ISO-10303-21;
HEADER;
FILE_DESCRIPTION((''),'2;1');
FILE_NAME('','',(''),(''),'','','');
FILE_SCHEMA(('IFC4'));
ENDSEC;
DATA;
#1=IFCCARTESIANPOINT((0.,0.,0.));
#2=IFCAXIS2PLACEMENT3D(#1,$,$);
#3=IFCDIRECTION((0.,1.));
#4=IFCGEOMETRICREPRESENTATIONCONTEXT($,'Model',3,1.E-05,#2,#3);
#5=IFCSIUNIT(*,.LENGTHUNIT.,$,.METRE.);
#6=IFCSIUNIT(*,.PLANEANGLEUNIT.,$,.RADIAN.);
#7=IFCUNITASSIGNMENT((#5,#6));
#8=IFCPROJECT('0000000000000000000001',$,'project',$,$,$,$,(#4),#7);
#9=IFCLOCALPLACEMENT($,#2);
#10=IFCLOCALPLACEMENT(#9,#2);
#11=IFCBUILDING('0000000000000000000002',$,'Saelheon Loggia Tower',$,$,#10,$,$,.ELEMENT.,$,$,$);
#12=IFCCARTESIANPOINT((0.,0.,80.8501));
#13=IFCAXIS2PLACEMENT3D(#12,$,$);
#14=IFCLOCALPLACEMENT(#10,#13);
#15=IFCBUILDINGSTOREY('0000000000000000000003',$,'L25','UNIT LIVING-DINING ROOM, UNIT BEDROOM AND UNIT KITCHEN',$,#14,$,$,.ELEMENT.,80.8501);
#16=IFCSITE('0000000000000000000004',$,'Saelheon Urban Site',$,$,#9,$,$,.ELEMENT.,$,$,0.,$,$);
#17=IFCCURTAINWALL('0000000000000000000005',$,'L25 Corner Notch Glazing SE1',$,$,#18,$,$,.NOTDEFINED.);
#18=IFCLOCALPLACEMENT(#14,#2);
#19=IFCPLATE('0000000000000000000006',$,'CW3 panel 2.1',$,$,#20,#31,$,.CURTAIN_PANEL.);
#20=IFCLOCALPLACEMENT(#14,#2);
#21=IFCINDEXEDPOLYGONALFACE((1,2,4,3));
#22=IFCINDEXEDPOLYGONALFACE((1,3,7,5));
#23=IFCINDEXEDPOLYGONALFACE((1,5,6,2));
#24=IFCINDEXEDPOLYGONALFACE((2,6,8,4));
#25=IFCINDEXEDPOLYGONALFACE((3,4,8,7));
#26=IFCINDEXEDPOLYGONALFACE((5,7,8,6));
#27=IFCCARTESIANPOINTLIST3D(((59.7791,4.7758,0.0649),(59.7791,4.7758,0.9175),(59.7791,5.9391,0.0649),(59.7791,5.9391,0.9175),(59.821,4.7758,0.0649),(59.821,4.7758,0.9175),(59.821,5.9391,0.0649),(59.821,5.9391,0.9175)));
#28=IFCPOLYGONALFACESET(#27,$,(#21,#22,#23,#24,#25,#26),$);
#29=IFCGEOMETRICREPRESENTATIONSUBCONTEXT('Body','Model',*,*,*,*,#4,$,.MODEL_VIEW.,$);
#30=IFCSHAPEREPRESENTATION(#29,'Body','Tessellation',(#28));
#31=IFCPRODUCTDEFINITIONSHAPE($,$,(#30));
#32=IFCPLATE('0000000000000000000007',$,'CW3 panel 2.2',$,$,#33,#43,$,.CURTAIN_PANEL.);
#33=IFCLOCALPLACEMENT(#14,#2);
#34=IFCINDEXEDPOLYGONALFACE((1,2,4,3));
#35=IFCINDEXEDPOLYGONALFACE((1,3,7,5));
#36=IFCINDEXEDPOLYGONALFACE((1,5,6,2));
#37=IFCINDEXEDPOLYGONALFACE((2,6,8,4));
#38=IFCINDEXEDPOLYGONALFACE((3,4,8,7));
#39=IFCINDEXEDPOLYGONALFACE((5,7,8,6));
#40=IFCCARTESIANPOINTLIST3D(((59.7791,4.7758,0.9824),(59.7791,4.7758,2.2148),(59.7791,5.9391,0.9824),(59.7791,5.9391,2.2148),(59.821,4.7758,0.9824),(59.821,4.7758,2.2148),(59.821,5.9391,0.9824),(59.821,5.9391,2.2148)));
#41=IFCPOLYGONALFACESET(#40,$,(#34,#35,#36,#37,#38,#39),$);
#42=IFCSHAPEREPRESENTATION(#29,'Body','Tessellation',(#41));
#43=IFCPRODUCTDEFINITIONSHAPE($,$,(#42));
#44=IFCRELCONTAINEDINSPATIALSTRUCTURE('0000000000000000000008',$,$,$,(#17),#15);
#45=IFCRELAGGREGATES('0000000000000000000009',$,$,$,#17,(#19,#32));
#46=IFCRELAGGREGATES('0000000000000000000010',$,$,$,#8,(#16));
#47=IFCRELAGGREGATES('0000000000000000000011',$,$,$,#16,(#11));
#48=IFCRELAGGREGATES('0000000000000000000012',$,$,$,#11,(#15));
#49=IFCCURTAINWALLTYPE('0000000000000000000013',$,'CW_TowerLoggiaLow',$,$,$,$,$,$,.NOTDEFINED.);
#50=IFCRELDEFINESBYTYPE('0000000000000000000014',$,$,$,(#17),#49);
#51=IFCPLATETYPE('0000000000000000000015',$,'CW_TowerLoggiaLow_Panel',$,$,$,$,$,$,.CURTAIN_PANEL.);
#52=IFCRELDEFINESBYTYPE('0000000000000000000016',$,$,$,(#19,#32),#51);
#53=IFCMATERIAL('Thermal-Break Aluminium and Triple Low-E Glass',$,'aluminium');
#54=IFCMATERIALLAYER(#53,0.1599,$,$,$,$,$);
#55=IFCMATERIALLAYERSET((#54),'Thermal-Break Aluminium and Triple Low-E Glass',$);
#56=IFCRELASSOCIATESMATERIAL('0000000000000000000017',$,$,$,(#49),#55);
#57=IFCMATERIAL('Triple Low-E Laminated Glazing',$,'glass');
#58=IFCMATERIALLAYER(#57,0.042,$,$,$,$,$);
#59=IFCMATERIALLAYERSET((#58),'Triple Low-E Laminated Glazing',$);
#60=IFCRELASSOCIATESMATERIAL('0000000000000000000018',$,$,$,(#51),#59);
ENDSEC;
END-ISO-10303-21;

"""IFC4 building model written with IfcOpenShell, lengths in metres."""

from ifc_helpers import new_model, si_unit, direction, frame, origin, origin_2d, place, context, subcontext, project, spatial, rectangle, extrude, source, transform, mapped, material, layer, layer_set, type_object, element, aggregate, save


model = new_model("IFC4")

# Units and contexts
model_context = context("Model", 3, precision=1e-05, world=origin(), true_north=direction((0.0, 1.0)))
body_context = subcontext(model_context, "Body", "Model", "MODEL_VIEW")
ifc_project = project(units=[si_unit("LENGTHUNIT", "METRE"), si_unit("PLANEANGLEUNIT", "RADIAN")], contexts=[model_context])

# Site, building, storey
site_placement = place(None, origin())
site = spatial("IfcSite", under=ifc_project, at=site_placement, Name="Saelheon Urban Site", CompositionType="ELEMENT", RefElevation=0.0)
building_placement = place(site_placement, origin())
building = spatial("IfcBuilding", under=site, at=building_placement, Name="Saelheon Loggia Tower", CompositionType="ELEMENT")
storey_placement = place(building_placement, frame((0.0, 0.0, 80.8501)))
storey = spatial("IfcBuildingStorey", under=building, at=storey_placement, Name="L25", Description="UNIT LIVING-DINING ROOM, UNIT BEDROOM AND UNIT KITCHEN", CompositionType="ELEMENT", Elevation=80.8501)

# Curtain wall
ifc_material_1 = material(Name="Thermal-Break Aluminium and Triple Low-E Glass", Category="aluminium")
ifc_layer_1 = layer(ifc_material_1, 0.1599)
ifc_layer_set_1 = layer_set([ifc_layer_1], Name="Thermal-Break Aluminium and Triple Low-E Glass")
curtain_wall_type = type_object("IfcCurtainWallType", Name="CW_TowerLoggiaLow", PredefinedType="NOTDEFINED", material=ifc_layer_set_1)
curtain_wall_1_placement = place(storey_placement, origin())
curtain_wall_1 = element("IfcCurtainWall", 1, at=curtain_wall_1_placement, inside=storey, type_object=curtain_wall_type, Name="L25 Corner Notch Glazing SE1", PredefinedType="NOTDEFINED")

# Plates
ifc_material_2 = material(Name="Triple Low-E Laminated Glazing", Category="glass")
ifc_layer_2 = layer(ifc_material_2, 0.042)
ifc_layer_set_2 = layer_set([ifc_layer_2], Name="Triple Low-E Laminated Glazing")
plate_type = type_object("IfcPlateType", Name="CW_TowerLoggiaLow_Panel", PredefinedType="CURTAIN_PANEL", material=ifc_layer_set_2)
shared_shape_1 = source(origin(), body_context, "Body", "SweptSolid", [
    extrude(rectangle(XDim=1.1633, YDim=0.042, at=origin_2d()), origin(), (0.0, 0.0, 1.0), 0.8525),
])
plate_1_placement = place(storey_placement, frame((59.8, 5.3574, 0.0649), z_axis=(0.0, 0.0, 1.0), x_axis=(0.0, 1.0, 0.0)))
plate_1 = element("IfcPlate", 2, at=plate_1_placement, type_object=plate_type, Name="CW3 panel 2.1", PredefinedType="CURTAIN_PANEL", context=body_context, shape_type="MappedRepresentation", body=[
    mapped(shared_shape_1, transform((0.0, 0.0, 0.0), scale=1.0)),
])
shared_shape_2 = source(origin(), body_context, "Body", "SweptSolid", [
    extrude(rectangle(XDim=1.1633, YDim=0.042, at=origin_2d()), origin(), (0.0, 0.0, 1.0), 1.2324),
])
plate_2_placement = place(storey_placement, frame((59.8, 5.3574, 0.9824), z_axis=(0.0, 0.0, 1.0), x_axis=(0.0, 1.0, 0.0)))
plate_2 = element("IfcPlate", 3, at=plate_2_placement, type_object=plate_type, Name="CW3 panel 2.2", PredefinedType="CURTAIN_PANEL", context=body_context, shape_type="MappedRepresentation", body=[
    mapped(shared_shape_2, transform((0.0, 0.0, 0.0), scale=1.0)),
])
aggregate(curtain_wall_1, [plate_1, plate_2])

save(model, "model.ifc")
